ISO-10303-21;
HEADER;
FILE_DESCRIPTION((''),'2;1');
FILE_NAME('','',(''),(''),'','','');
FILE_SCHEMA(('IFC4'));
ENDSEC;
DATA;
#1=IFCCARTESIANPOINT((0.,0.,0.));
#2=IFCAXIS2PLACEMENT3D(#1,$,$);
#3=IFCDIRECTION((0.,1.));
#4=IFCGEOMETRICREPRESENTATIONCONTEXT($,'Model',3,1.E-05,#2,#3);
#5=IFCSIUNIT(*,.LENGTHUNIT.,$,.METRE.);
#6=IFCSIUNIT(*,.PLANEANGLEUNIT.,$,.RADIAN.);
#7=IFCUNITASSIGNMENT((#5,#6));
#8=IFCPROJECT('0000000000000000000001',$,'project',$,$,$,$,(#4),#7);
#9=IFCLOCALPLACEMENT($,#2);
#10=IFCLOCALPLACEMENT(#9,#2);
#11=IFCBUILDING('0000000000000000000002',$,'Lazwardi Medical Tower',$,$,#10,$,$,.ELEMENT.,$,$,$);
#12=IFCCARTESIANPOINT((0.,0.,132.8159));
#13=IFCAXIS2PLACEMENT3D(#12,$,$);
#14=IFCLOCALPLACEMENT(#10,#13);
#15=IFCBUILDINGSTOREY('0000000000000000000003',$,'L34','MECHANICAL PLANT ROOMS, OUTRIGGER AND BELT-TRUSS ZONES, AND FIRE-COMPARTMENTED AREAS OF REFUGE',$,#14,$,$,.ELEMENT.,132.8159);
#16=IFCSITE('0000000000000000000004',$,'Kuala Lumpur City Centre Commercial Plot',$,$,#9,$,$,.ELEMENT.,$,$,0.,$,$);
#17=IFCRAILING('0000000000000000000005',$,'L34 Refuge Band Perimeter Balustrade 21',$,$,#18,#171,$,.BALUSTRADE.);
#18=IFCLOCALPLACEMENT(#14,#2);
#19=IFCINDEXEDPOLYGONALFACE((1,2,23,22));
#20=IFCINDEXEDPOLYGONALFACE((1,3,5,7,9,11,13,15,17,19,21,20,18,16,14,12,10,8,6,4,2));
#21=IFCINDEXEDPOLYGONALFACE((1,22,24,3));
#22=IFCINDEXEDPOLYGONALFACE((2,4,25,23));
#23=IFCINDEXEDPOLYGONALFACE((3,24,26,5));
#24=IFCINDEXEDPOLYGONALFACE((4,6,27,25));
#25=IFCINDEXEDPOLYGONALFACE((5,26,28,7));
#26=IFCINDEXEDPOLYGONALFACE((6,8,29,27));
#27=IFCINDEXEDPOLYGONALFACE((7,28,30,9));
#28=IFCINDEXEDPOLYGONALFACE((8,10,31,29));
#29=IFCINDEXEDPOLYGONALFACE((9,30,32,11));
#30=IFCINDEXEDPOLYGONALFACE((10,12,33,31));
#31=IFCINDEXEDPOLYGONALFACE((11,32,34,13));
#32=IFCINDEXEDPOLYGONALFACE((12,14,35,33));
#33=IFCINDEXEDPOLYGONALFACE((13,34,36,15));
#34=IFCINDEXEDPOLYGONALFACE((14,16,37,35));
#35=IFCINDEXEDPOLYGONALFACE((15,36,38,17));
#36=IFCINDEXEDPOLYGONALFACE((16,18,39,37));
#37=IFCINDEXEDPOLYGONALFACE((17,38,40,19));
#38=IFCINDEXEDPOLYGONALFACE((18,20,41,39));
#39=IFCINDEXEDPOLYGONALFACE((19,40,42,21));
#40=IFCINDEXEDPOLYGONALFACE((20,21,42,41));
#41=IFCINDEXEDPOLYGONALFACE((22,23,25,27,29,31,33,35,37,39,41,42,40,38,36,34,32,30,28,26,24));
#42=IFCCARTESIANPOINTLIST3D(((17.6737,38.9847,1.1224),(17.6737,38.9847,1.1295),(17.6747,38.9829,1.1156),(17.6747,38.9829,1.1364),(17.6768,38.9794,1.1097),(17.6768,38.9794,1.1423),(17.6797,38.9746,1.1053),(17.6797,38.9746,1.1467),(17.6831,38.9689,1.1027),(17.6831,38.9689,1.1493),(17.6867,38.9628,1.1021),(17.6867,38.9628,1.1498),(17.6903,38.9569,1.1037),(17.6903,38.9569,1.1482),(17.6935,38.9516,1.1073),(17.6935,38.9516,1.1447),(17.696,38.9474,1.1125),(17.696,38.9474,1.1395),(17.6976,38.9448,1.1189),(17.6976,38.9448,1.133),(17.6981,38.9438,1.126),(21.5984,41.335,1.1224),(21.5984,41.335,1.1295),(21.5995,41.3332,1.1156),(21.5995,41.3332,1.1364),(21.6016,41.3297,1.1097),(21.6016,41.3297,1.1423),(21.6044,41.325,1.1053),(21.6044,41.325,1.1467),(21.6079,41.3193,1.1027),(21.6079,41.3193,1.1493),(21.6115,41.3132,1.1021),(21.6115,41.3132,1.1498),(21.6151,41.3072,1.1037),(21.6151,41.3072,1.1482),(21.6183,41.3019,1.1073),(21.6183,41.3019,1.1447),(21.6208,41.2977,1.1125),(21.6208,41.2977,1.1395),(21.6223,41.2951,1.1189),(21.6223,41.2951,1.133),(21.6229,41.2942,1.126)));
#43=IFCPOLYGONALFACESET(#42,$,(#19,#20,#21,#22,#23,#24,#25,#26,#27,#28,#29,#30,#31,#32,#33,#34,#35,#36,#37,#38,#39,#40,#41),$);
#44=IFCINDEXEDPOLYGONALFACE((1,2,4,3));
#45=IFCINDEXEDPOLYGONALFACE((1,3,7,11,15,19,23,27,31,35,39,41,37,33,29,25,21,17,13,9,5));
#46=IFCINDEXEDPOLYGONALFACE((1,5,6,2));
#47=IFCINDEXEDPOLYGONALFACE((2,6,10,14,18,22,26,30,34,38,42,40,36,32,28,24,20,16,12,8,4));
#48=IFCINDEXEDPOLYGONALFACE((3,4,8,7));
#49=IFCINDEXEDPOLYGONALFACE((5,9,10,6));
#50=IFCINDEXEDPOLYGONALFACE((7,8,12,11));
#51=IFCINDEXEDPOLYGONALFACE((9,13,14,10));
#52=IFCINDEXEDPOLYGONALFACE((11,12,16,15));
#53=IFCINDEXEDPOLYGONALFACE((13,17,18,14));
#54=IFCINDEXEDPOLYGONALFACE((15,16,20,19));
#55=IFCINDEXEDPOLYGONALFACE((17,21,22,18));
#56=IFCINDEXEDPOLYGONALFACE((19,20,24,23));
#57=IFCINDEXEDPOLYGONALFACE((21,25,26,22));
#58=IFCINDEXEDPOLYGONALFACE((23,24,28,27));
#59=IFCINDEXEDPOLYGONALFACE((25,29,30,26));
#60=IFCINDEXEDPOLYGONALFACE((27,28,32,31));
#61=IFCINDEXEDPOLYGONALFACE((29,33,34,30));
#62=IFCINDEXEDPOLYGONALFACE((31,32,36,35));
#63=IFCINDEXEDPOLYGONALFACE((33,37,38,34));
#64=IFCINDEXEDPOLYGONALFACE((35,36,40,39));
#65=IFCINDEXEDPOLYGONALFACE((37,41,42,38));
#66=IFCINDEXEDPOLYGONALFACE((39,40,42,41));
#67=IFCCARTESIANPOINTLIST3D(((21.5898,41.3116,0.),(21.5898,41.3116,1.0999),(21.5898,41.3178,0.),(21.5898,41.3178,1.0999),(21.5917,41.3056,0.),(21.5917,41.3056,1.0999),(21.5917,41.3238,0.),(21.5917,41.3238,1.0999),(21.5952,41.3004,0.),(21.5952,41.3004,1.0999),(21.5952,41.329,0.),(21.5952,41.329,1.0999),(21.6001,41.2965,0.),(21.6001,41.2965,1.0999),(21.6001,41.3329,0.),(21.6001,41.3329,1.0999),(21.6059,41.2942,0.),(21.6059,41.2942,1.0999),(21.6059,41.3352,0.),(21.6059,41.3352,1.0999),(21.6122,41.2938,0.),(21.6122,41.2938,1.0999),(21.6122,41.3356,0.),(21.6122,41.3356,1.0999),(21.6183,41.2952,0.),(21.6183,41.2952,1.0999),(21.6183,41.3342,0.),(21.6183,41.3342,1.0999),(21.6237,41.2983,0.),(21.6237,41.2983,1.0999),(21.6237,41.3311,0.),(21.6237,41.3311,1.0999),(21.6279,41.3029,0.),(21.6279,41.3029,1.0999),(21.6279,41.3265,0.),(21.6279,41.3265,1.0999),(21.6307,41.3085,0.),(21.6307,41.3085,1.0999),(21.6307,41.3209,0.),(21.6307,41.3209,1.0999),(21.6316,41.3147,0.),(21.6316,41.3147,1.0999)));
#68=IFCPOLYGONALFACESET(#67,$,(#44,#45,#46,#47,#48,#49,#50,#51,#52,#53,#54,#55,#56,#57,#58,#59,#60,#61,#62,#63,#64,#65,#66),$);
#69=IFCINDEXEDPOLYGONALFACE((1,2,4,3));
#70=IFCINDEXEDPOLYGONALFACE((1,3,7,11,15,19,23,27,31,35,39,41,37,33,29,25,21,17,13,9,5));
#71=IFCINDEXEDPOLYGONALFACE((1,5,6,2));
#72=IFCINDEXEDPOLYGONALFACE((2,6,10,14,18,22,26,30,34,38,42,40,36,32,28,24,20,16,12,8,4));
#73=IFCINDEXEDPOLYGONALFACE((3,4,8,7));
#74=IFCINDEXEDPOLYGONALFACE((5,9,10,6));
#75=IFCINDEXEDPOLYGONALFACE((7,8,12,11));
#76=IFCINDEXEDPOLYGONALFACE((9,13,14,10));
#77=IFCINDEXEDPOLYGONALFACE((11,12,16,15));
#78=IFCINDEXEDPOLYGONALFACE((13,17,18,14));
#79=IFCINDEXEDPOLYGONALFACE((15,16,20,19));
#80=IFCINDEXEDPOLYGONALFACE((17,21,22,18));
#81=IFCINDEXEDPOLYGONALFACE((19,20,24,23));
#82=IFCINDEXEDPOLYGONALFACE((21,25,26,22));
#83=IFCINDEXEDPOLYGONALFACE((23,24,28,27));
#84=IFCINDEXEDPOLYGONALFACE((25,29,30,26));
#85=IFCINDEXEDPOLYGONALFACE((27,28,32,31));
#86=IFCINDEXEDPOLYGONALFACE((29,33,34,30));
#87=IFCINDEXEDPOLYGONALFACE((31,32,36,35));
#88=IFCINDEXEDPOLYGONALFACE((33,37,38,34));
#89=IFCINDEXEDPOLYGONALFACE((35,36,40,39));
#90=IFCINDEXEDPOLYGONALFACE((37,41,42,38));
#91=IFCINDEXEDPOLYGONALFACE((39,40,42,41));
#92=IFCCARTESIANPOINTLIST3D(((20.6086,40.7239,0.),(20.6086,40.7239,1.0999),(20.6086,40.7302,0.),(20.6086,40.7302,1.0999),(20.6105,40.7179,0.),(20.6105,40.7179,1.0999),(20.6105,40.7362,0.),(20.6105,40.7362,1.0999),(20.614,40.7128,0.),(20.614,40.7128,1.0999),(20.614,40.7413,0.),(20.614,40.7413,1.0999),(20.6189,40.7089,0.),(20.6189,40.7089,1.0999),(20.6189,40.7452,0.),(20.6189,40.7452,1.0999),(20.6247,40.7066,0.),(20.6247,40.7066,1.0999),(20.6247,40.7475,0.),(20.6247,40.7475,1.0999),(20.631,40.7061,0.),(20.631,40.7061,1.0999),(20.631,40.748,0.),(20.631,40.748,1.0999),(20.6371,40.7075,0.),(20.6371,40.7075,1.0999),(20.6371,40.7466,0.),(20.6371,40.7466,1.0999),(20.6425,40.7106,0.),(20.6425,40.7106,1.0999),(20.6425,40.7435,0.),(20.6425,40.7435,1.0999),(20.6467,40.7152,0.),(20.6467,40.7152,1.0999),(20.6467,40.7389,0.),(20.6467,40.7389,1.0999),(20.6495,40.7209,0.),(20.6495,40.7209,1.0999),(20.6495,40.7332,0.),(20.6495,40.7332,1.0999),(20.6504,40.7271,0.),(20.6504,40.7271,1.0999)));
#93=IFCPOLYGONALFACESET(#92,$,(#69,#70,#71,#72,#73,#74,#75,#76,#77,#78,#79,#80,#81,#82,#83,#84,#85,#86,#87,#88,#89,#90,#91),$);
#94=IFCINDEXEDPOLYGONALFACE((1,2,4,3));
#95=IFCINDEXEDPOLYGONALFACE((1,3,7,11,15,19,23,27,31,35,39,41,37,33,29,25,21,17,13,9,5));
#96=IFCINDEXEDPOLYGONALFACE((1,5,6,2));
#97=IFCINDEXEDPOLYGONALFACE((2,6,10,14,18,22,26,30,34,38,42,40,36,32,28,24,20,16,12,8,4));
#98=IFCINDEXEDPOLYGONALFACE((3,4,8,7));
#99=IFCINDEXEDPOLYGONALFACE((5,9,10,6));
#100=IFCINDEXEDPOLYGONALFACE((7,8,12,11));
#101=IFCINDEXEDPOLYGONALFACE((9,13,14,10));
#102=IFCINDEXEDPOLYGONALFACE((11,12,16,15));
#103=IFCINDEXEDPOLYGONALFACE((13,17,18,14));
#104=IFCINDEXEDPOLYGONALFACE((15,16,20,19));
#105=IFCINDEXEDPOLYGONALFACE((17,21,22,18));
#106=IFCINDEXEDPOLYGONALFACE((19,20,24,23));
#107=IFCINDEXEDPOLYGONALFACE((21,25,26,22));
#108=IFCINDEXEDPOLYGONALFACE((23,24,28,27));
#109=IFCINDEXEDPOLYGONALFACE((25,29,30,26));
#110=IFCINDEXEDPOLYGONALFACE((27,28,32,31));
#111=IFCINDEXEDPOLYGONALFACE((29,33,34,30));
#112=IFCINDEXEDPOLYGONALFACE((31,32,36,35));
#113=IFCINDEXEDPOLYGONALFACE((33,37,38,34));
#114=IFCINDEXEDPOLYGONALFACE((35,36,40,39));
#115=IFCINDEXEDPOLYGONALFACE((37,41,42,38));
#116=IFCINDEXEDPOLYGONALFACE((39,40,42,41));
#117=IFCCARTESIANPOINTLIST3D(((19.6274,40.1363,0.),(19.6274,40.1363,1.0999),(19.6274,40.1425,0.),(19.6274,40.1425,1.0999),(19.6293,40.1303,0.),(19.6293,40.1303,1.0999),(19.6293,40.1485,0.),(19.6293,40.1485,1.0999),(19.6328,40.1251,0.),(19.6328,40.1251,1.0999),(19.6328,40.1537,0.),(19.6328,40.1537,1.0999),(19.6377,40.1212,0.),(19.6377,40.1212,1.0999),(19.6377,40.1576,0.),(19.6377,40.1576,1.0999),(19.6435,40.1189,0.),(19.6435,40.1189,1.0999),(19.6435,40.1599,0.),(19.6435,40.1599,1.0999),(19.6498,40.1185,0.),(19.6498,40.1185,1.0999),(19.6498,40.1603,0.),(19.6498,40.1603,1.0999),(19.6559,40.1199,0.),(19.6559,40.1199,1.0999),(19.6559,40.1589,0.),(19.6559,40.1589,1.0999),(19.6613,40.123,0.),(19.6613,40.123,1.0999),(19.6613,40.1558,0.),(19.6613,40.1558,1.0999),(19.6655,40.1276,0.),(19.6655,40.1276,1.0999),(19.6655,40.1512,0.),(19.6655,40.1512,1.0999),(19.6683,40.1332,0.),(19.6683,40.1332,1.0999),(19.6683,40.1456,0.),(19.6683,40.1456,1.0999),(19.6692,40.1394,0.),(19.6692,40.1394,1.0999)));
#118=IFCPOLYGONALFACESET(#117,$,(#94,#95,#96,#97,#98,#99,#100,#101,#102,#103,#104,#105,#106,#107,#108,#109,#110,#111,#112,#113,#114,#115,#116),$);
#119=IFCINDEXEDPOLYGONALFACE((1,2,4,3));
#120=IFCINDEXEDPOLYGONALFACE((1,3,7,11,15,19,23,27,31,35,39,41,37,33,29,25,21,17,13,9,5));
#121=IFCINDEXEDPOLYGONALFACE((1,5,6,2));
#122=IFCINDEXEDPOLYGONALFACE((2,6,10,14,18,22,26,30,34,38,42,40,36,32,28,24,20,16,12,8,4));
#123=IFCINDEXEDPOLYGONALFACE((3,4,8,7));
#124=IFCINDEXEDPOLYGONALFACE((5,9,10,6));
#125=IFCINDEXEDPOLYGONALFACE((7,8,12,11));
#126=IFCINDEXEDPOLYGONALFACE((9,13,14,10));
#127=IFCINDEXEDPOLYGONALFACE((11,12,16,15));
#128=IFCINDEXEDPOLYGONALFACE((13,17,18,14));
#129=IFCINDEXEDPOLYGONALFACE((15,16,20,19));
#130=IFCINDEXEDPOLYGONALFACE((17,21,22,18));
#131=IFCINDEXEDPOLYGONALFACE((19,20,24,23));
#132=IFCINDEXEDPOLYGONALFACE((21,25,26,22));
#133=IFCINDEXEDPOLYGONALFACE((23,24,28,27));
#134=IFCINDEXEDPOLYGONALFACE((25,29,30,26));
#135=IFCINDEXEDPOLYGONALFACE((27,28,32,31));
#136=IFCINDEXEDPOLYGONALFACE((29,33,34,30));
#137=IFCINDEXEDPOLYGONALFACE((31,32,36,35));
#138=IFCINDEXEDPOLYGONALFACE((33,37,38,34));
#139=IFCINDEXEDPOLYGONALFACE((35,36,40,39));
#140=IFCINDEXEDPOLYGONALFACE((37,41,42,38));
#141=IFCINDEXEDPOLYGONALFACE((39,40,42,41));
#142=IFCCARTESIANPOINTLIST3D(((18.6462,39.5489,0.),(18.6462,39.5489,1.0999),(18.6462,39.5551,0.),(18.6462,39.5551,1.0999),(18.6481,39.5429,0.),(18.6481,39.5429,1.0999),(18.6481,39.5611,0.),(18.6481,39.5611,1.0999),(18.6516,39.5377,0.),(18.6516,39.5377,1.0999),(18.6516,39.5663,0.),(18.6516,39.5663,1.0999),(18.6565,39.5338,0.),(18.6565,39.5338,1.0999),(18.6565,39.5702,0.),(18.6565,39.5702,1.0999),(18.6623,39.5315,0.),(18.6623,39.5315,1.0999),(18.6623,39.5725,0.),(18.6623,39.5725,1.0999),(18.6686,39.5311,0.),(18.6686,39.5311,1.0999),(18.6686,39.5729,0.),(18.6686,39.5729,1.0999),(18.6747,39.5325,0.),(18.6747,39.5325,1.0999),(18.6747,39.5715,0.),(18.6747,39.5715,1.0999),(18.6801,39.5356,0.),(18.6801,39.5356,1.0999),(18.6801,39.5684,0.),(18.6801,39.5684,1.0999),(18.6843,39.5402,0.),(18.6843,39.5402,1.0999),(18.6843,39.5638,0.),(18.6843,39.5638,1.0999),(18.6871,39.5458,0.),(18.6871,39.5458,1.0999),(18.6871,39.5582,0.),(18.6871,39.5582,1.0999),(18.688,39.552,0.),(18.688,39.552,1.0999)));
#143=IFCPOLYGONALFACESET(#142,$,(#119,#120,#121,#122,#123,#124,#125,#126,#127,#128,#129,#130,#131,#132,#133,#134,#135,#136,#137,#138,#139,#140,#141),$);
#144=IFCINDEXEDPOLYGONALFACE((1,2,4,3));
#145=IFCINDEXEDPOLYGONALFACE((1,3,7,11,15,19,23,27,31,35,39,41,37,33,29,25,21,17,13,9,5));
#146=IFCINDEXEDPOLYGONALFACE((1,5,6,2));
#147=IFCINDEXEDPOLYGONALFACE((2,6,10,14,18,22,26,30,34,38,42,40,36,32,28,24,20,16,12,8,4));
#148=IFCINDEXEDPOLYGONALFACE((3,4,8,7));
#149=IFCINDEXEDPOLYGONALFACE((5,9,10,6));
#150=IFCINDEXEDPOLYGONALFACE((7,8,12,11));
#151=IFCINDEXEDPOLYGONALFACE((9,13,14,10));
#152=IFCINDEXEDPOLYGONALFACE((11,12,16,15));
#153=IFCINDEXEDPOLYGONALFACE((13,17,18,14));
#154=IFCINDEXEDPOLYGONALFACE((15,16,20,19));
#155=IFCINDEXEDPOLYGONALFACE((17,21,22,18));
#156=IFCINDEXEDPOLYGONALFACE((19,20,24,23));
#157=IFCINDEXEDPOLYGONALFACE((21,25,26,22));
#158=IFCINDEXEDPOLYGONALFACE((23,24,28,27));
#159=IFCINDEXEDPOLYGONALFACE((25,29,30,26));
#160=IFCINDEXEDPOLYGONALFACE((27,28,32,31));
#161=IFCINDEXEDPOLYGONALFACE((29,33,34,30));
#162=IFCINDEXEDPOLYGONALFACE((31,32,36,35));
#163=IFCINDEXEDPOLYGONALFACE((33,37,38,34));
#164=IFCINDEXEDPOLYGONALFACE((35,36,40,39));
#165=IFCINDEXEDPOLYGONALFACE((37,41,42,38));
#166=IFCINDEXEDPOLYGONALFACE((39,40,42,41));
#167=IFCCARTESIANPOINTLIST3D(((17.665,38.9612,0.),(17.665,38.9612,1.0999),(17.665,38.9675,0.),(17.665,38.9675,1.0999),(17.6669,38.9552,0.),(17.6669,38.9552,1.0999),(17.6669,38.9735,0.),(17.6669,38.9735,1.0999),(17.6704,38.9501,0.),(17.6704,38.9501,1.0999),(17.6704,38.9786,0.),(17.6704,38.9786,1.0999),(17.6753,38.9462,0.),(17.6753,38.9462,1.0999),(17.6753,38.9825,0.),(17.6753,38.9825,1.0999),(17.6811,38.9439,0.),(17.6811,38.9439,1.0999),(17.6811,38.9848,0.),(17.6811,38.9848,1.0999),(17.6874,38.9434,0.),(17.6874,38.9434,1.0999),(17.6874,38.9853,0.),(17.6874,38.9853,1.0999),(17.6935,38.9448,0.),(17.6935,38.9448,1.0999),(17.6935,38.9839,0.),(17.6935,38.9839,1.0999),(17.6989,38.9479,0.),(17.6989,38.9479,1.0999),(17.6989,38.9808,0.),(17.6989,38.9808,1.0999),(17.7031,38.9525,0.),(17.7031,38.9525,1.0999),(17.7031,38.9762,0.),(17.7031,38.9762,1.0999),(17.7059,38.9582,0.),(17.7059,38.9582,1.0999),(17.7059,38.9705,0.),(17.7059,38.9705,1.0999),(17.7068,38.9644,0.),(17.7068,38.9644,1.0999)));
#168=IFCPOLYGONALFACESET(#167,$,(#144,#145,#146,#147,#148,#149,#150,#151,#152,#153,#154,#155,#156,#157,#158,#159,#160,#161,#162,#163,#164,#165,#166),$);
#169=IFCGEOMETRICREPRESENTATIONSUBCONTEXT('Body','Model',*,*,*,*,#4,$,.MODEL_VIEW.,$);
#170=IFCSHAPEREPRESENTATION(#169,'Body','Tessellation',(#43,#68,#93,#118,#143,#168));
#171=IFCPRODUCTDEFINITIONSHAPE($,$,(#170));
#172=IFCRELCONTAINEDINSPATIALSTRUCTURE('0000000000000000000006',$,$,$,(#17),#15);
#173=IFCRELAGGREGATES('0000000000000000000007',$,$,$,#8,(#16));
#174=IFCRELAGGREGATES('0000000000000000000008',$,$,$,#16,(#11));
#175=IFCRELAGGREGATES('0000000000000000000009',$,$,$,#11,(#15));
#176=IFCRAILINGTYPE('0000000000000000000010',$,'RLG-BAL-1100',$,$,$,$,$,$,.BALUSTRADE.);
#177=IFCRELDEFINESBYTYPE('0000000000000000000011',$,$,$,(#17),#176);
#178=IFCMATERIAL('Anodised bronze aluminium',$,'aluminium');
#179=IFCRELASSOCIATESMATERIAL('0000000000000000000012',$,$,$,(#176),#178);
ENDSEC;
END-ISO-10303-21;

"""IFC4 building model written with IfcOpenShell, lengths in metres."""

from ifc_helpers import new_model, si_unit, direction, frame, origin, origin_2d, place, context, subcontext, project, spatial, circle, extrude, material, type_object, element, save


model = new_model("IFC4")

# Units and contexts
model_context = context("Model", 3, precision=1e-05, world=origin(), true_north=direction((0.0, 1.0)))
body_context = subcontext(model_context, "Body", "Model", "MODEL_VIEW")
ifc_project = project(units=[si_unit("LENGTHUNIT", "METRE"), si_unit("PLANEANGLEUNIT", "RADIAN")], contexts=[model_context])

# Site, building, storey
site_placement = place(None, origin())
site = spatial("IfcSite", under=ifc_project, at=site_placement, Name="Kuala Lumpur City Centre Commercial Plot", CompositionType="ELEMENT", RefElevation=0.0)
building_placement = place(site_placement, origin())
building = spatial("IfcBuilding", under=site, at=building_placement, Name="Lazwardi Medical Tower", CompositionType="ELEMENT")
storey_placement = place(building_placement, frame((0.0, 0.0, 132.8159)))
storey = spatial("IfcBuildingStorey", under=building, at=storey_placement, Name="L34", Description="MECHANICAL PLANT ROOMS, OUTRIGGER AND BELT-TRUSS ZONES, AND FIRE-COMPARTMENTED AREAS OF REFUGE", CompositionType="ELEMENT", Elevation=132.8159)

# Railing
ifc_material_1 = material(Name="Anodised bronze aluminium", Category="aluminium")
railing_type = type_object("IfcRailingType", Name="RLG-BAL-1100", PredefinedType="BALUSTRADE", material=ifc_material_1)
railing_placement = place(storey_placement, frame((21.6106, 41.3147, 0.0)))
element("IfcRailing", 1, at=railing_placement, inside=storey, type_object=railing_type, Name="L34 Refuge Band Perimeter Balustrade 21", PredefinedType="BALUSTRADE", context=body_context, shape_type="SweptSolid", body=[
    extrude(circle(Radius=0.0239, at=origin_2d()), frame((0.0, 0.0, 1.126), z_axis=(-0.857931, -0.513766, 0.0), x_axis=(0.513766, -0.857931, 0.0)), (0.0, 0.0, 1.0), 4.5747),
    extrude(circle(Radius=0.021, at=origin_2d()), origin(), (0.0, 0.0, 1.0), 1.0999),
    extrude(circle(Radius=0.021, at=origin_2d()), frame((-0.9812, -0.5876, 0.0)), (0.0, 0.0, 1.0), 1.0999),
    extrude(circle(Radius=0.021, at=origin_2d()), frame((-1.9624, -1.1753, 0.0)), (0.0, 0.0, 1.0), 1.0999),
    extrude(circle(Radius=0.021, at=origin_2d()), frame((-2.9436, -1.7627, 0.0)), (0.0, 0.0, 1.0), 1.0999),
    extrude(circle(Radius=0.021, at=origin_2d()), frame((-3.9248, -2.3503, 0.0)), (0.0, 0.0, 1.0), 1.0999),
])

save(model, "model.ifc")
